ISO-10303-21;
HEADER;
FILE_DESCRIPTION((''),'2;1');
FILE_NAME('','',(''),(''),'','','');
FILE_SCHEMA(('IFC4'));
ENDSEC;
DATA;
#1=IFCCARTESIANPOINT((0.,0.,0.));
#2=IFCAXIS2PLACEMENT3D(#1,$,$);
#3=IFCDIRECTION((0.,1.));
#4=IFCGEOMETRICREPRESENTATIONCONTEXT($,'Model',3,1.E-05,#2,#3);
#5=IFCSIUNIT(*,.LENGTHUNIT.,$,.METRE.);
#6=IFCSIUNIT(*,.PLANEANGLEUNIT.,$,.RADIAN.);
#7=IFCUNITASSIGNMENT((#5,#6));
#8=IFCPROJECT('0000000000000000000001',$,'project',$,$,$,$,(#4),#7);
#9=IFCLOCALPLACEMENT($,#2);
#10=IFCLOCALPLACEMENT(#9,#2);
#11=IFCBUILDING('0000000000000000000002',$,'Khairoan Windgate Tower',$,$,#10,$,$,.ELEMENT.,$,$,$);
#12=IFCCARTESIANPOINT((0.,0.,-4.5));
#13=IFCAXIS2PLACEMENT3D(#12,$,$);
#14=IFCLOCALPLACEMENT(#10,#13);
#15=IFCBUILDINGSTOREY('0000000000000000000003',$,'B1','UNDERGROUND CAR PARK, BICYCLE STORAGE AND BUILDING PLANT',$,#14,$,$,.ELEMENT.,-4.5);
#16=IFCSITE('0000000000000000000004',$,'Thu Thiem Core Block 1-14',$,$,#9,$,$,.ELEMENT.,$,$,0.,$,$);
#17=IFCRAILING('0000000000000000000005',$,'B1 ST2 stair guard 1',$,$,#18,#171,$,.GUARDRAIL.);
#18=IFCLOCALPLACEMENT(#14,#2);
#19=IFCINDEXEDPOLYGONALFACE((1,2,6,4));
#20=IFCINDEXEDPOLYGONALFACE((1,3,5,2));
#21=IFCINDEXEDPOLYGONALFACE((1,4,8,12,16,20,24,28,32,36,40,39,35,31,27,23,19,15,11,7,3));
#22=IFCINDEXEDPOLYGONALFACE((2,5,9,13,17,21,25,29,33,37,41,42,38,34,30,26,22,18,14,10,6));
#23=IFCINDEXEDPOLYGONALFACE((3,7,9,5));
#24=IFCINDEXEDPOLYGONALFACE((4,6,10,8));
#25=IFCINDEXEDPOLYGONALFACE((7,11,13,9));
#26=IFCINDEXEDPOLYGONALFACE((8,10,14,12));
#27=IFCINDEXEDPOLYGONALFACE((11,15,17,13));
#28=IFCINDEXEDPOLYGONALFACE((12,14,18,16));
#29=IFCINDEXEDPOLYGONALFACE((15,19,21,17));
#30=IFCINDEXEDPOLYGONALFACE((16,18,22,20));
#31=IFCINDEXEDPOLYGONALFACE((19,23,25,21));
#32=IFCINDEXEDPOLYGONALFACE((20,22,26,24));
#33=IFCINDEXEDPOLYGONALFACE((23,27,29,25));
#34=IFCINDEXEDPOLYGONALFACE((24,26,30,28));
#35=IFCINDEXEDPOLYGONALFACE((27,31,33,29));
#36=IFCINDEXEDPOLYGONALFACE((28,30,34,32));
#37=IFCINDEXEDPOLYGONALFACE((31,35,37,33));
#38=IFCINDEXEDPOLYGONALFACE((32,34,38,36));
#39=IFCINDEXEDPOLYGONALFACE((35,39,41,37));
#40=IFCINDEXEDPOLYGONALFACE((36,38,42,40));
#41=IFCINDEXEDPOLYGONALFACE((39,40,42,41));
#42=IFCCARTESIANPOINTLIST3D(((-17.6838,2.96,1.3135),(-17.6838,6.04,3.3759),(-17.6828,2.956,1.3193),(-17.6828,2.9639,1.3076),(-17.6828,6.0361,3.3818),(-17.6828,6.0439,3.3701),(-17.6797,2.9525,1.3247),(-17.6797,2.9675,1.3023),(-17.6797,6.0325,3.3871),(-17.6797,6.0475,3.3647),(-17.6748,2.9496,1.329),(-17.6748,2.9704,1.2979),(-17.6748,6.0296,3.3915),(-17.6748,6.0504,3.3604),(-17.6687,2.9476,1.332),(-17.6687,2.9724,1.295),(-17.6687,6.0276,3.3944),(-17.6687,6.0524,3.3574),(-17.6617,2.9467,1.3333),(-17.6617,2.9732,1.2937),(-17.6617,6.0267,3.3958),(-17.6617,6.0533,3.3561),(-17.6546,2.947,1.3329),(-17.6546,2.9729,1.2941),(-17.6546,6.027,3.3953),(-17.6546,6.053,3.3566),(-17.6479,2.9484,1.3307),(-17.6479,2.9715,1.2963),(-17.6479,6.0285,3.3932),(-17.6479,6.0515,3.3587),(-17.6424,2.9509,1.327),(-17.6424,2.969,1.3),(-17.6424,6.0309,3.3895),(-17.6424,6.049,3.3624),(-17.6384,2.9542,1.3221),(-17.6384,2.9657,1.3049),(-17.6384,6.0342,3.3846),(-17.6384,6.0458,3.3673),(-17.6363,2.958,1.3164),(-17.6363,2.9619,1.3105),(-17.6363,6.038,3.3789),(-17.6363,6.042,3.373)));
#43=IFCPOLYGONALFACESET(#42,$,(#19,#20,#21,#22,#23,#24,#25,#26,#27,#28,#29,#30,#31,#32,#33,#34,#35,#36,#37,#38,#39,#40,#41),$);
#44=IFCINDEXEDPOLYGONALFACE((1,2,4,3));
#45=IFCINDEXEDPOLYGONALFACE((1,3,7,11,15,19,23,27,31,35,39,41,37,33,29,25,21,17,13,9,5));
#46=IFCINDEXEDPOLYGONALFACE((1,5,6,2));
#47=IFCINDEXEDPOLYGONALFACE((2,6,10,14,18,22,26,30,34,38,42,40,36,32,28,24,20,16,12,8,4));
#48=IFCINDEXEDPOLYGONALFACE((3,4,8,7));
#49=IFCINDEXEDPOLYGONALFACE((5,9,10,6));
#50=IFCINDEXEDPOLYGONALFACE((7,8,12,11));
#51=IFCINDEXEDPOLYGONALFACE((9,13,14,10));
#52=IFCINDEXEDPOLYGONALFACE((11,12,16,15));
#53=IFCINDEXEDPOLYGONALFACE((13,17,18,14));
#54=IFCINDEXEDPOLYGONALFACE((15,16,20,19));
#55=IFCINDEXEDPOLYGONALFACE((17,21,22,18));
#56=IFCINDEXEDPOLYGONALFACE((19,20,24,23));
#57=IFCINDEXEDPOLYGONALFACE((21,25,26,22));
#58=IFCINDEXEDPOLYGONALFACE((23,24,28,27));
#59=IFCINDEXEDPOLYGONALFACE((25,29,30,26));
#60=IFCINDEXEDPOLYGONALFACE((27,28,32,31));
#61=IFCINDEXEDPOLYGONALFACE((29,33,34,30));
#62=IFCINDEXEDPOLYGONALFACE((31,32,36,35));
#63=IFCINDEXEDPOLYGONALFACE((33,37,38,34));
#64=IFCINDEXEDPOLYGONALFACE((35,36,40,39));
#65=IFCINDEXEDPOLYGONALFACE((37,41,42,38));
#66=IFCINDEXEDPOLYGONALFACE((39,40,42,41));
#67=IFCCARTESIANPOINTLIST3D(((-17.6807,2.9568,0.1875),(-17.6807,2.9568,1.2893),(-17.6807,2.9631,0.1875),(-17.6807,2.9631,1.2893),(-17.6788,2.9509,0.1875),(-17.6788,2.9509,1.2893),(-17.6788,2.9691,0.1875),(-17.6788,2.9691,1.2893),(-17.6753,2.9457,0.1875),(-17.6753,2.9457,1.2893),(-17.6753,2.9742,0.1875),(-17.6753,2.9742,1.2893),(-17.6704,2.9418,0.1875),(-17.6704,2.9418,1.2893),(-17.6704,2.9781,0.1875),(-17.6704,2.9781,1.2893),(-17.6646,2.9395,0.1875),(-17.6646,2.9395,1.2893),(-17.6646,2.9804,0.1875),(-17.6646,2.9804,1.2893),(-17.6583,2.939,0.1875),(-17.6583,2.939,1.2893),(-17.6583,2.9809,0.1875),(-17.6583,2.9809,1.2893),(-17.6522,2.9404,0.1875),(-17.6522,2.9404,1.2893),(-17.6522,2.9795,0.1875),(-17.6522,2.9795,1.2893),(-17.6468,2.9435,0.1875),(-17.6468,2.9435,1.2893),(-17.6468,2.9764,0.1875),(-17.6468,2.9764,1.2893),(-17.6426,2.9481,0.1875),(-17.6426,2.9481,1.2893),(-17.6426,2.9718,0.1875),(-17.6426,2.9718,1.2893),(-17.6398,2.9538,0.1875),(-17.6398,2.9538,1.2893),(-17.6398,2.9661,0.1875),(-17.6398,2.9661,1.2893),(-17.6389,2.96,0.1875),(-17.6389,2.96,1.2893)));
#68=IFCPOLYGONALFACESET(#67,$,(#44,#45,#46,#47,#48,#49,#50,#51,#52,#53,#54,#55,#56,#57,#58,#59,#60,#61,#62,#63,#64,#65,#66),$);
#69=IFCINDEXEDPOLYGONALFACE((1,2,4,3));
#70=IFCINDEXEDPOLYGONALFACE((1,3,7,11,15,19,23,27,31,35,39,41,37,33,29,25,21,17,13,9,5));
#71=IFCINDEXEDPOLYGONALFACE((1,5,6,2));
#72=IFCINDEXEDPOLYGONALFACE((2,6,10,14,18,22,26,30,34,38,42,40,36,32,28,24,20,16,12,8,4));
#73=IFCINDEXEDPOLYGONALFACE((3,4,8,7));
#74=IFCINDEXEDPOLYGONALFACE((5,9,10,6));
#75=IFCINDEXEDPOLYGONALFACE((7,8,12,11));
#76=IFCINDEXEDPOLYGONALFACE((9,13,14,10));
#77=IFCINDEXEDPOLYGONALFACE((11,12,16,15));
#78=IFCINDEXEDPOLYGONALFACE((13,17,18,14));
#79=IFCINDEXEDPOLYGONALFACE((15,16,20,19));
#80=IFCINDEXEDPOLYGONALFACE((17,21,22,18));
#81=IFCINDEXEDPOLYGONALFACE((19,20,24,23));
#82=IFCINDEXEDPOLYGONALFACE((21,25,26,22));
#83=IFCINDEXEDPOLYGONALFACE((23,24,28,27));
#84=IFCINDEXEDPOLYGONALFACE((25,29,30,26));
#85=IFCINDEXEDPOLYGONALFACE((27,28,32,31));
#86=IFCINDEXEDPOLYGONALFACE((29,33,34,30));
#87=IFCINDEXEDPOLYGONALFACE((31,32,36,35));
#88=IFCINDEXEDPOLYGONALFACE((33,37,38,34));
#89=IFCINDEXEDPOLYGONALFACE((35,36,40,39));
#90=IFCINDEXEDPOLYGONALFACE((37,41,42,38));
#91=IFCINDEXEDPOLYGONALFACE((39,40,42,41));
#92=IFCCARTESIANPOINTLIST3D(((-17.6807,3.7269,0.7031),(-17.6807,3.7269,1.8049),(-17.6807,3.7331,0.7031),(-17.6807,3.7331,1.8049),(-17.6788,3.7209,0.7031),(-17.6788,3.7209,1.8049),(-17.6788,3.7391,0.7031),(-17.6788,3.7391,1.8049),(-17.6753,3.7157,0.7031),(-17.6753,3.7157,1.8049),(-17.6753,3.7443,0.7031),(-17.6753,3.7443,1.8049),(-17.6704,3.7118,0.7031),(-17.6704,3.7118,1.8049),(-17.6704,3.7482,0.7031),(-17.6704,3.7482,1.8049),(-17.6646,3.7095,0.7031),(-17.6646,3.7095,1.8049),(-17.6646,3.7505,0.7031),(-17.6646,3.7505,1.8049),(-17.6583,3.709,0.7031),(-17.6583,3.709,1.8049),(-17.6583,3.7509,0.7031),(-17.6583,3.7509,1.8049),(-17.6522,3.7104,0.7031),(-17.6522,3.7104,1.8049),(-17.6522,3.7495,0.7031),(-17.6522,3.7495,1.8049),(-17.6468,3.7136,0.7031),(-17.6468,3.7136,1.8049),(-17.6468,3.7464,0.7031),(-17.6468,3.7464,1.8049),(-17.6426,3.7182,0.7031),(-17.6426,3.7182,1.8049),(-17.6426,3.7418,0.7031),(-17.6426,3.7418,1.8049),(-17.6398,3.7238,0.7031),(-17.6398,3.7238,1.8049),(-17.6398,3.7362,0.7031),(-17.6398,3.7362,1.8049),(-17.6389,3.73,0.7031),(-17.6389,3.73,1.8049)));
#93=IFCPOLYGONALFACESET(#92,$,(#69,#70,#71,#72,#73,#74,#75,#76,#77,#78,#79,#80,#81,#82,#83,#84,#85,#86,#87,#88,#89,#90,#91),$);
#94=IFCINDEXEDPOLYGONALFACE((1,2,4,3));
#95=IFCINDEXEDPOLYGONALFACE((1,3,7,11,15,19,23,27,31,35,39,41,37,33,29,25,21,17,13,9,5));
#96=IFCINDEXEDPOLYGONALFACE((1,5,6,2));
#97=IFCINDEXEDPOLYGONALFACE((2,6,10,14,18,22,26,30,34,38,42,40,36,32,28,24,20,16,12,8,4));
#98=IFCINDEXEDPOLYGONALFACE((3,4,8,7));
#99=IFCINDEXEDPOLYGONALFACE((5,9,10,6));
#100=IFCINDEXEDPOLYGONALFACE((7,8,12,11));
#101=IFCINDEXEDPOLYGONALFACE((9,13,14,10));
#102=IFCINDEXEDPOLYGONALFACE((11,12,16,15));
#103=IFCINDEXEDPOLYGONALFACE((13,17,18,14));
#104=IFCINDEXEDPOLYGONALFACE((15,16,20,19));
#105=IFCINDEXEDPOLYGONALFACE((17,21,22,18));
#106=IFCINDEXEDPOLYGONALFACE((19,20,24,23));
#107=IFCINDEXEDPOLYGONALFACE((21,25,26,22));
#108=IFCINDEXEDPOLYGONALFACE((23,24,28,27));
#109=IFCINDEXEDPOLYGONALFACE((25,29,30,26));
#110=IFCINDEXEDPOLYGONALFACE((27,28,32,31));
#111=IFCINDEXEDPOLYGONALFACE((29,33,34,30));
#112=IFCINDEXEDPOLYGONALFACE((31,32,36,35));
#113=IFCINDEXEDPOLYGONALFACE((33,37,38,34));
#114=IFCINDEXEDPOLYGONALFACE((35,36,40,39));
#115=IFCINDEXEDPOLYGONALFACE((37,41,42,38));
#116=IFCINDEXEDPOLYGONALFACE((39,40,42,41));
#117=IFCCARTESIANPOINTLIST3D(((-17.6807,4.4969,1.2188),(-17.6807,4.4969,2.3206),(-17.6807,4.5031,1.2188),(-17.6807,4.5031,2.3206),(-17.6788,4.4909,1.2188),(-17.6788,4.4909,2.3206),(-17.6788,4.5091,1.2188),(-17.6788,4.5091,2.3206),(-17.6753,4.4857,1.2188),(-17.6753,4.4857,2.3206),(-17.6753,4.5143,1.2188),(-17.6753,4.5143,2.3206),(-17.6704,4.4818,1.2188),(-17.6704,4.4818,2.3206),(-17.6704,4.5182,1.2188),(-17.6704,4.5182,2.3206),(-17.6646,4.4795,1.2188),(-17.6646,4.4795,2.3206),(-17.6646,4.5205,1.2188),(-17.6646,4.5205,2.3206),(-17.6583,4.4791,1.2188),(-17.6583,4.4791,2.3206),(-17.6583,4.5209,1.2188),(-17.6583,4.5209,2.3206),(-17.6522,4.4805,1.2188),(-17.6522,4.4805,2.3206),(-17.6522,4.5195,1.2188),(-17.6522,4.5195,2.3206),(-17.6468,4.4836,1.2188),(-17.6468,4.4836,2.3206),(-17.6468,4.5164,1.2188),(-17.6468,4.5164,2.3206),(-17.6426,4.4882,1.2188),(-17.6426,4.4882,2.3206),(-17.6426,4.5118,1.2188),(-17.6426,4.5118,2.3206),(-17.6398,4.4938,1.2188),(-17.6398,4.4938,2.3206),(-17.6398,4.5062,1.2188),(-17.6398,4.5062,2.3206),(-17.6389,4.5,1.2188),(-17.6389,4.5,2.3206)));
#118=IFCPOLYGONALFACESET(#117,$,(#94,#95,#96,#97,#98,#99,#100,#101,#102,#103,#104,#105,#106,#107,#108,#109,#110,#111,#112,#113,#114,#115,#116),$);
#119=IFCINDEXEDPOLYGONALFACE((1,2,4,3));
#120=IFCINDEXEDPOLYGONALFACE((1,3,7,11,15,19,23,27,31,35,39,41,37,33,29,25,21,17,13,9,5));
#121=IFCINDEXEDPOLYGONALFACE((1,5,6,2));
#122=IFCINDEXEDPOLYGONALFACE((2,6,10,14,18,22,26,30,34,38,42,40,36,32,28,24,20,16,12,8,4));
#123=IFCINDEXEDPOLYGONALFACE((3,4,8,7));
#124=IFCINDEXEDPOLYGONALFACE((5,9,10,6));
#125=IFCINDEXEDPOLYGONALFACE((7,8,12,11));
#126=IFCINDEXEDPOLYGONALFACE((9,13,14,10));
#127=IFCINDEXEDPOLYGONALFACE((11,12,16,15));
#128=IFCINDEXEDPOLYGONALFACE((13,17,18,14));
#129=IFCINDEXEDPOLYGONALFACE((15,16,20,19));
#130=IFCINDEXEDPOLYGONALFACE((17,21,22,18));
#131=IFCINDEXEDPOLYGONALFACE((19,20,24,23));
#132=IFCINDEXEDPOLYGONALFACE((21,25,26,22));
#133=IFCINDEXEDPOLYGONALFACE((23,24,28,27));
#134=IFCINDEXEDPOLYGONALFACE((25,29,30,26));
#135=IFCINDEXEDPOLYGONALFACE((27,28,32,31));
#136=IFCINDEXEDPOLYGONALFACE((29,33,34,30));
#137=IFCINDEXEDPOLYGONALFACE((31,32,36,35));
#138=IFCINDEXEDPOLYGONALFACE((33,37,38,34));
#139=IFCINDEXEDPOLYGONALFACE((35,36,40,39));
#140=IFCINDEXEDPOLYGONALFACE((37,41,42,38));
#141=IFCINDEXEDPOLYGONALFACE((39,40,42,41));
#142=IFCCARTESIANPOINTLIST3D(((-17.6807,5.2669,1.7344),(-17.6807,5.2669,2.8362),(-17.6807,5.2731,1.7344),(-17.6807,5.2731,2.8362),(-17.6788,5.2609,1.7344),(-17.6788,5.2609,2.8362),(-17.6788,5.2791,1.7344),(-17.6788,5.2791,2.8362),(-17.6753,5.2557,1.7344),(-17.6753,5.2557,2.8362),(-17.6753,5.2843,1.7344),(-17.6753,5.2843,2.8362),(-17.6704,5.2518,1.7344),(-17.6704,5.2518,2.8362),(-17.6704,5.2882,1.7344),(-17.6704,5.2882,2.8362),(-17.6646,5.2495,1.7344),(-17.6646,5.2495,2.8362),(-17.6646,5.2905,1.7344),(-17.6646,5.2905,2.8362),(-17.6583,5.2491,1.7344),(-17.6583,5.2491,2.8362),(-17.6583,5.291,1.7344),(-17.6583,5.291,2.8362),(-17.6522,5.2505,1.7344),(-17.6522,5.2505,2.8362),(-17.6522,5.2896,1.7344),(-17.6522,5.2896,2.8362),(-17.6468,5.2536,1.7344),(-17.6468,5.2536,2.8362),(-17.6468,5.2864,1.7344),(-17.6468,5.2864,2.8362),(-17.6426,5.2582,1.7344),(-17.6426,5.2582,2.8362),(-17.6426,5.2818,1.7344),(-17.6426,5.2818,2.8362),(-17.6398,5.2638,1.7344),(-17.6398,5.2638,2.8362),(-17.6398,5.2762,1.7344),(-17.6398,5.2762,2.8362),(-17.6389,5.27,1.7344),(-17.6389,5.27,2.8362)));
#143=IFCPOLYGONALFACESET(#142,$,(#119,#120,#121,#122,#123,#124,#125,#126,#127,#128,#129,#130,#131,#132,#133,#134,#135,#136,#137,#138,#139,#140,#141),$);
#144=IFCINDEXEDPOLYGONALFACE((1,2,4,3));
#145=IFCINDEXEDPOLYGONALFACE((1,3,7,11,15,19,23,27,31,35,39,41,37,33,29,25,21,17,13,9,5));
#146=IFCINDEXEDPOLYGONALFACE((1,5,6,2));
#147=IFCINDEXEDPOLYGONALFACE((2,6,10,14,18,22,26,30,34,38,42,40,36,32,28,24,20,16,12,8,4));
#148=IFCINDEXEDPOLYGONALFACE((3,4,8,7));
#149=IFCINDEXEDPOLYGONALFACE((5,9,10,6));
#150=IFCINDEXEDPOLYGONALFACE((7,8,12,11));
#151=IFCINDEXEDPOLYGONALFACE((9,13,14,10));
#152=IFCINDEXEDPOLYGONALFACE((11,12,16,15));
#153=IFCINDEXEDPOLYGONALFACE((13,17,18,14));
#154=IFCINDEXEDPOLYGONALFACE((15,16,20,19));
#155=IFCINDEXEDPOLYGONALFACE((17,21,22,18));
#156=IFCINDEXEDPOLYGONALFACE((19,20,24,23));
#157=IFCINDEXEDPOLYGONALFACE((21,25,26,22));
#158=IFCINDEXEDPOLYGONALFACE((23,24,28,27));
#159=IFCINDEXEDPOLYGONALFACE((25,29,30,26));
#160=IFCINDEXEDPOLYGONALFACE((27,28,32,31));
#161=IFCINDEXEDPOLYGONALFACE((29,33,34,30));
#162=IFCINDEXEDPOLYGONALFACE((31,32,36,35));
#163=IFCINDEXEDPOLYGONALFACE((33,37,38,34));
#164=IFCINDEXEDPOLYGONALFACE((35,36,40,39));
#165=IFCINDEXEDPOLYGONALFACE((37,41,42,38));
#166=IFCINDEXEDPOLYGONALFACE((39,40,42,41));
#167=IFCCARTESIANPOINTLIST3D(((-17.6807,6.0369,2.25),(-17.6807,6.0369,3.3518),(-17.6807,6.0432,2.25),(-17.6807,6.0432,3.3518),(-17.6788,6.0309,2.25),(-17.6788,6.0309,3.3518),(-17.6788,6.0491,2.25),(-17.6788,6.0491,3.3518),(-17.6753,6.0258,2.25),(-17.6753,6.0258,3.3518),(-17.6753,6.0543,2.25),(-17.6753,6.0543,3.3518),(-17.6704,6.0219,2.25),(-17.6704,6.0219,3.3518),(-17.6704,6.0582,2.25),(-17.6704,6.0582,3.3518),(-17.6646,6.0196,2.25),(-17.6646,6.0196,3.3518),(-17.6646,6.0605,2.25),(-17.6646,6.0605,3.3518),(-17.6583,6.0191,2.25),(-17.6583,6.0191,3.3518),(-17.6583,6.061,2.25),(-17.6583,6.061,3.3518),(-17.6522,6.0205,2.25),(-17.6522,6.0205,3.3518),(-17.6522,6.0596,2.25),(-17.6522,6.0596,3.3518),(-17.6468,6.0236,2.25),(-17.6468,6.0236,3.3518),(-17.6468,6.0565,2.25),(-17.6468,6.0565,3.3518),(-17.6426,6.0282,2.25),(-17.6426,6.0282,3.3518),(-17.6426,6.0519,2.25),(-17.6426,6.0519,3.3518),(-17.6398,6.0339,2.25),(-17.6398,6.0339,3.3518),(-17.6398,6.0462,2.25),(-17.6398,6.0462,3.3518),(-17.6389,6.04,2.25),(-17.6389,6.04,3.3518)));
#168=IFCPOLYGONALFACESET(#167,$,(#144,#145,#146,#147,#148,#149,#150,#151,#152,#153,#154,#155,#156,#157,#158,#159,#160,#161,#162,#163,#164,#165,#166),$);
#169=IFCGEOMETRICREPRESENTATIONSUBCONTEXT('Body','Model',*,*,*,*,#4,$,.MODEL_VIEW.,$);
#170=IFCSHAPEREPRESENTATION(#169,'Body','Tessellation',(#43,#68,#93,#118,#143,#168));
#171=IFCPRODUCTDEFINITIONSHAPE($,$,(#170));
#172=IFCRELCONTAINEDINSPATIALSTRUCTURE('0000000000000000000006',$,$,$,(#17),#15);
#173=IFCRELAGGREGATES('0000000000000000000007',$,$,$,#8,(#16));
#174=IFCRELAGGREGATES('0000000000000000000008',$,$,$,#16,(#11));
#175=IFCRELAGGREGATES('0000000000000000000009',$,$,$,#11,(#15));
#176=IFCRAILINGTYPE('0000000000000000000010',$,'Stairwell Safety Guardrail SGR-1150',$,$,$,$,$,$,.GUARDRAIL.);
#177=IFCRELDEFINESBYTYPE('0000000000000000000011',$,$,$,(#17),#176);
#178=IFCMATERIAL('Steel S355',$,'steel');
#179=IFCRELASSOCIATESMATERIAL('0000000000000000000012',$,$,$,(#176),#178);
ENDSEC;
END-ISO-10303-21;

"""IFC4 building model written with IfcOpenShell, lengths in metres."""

from ifc_helpers import new_model, si_unit, direction, frame, origin, origin_2d, place, context, subcontext, project, spatial, circle, extrude, material, type_object, element, save


model = new_model("IFC4")

# Units and contexts
model_context = context("Model", 3, precision=1e-05, world=origin(), true_north=direction((0.0, 1.0)))
body_context = subcontext(model_context, "Body", "Model", "MODEL_VIEW")
ifc_project = project(units=[si_unit("LENGTHUNIT", "METRE"), si_unit("PLANEANGLEUNIT", "RADIAN")], contexts=[model_context])

# Site, building, storey
site_placement = place(None, origin())
site = spatial("IfcSite", under=ifc_project, at=site_placement, Name="Thu Thiem Core Block 1-14", CompositionType="ELEMENT", RefElevation=0.0)
building_placement = place(site_placement, origin())
building = spatial("IfcBuilding", under=site, at=building_placement, Name="Khairoan Windgate Tower", CompositionType="ELEMENT")
storey_placement = place(building_placement, frame((0.0, 0.0, -4.5)))
storey = spatial("IfcBuildingStorey", under=building, at=storey_placement, Name="B1", Description="UNDERGROUND CAR PARK, BICYCLE STORAGE AND BUILDING PLANT", CompositionType="ELEMENT", Elevation=-4.5)

# Railing
ifc_material_1 = material(Name="Steel S355", Category="steel")
railing_type_1 = type_object("IfcRailingType", Name="Stairwell Safety Guardrail SGR-1150", PredefinedType="GUARDRAIL", material=ifc_material_1)
railing_1_placement = place(storey_placement, frame((-17.6599, 2.96, 0.1875)))
element("IfcRailing", 1, at=railing_1_placement, inside=storey, type_object=railing_type_1, Name="B1 ST2 stair guard 1", PredefinedType="GUARDRAIL", context=body_context, shape_type="SweptSolid", body=[
    extrude(circle(Radius=0.0239, at=origin_2d()), frame((0.0, 0.0, 1.126), z_axis=(0.0, 0.830914, 0.556401), x_axis=(-1.0, 0.0, 0.0)), (0.0, 0.0, 1.0), 3.7068),
    extrude(circle(Radius=0.021, at=origin_2d()), origin(), (0.0, 0.0, 1.0), 1.1018),
    extrude(circle(Radius=0.021, at=origin_2d()), frame((0.0, 0.77, 0.5156)), (0.0, 0.0, 1.0), 1.1018),
    extrude(circle(Radius=0.021, at=origin_2d()), frame((0.0, 1.54, 1.0312)), (0.0, 0.0, 1.0), 1.1018),
    extrude(circle(Radius=0.021, at=origin_2d()), frame((0.0, 2.3101, 1.5469)), (0.0, 0.0, 1.0), 1.1018),
    extrude(circle(Radius=0.021, at=origin_2d()), frame((0.0, 3.0801, 2.0625)), (0.0, 0.0, 1.0), 1.1018),
])

save(model, "model.ifc")
